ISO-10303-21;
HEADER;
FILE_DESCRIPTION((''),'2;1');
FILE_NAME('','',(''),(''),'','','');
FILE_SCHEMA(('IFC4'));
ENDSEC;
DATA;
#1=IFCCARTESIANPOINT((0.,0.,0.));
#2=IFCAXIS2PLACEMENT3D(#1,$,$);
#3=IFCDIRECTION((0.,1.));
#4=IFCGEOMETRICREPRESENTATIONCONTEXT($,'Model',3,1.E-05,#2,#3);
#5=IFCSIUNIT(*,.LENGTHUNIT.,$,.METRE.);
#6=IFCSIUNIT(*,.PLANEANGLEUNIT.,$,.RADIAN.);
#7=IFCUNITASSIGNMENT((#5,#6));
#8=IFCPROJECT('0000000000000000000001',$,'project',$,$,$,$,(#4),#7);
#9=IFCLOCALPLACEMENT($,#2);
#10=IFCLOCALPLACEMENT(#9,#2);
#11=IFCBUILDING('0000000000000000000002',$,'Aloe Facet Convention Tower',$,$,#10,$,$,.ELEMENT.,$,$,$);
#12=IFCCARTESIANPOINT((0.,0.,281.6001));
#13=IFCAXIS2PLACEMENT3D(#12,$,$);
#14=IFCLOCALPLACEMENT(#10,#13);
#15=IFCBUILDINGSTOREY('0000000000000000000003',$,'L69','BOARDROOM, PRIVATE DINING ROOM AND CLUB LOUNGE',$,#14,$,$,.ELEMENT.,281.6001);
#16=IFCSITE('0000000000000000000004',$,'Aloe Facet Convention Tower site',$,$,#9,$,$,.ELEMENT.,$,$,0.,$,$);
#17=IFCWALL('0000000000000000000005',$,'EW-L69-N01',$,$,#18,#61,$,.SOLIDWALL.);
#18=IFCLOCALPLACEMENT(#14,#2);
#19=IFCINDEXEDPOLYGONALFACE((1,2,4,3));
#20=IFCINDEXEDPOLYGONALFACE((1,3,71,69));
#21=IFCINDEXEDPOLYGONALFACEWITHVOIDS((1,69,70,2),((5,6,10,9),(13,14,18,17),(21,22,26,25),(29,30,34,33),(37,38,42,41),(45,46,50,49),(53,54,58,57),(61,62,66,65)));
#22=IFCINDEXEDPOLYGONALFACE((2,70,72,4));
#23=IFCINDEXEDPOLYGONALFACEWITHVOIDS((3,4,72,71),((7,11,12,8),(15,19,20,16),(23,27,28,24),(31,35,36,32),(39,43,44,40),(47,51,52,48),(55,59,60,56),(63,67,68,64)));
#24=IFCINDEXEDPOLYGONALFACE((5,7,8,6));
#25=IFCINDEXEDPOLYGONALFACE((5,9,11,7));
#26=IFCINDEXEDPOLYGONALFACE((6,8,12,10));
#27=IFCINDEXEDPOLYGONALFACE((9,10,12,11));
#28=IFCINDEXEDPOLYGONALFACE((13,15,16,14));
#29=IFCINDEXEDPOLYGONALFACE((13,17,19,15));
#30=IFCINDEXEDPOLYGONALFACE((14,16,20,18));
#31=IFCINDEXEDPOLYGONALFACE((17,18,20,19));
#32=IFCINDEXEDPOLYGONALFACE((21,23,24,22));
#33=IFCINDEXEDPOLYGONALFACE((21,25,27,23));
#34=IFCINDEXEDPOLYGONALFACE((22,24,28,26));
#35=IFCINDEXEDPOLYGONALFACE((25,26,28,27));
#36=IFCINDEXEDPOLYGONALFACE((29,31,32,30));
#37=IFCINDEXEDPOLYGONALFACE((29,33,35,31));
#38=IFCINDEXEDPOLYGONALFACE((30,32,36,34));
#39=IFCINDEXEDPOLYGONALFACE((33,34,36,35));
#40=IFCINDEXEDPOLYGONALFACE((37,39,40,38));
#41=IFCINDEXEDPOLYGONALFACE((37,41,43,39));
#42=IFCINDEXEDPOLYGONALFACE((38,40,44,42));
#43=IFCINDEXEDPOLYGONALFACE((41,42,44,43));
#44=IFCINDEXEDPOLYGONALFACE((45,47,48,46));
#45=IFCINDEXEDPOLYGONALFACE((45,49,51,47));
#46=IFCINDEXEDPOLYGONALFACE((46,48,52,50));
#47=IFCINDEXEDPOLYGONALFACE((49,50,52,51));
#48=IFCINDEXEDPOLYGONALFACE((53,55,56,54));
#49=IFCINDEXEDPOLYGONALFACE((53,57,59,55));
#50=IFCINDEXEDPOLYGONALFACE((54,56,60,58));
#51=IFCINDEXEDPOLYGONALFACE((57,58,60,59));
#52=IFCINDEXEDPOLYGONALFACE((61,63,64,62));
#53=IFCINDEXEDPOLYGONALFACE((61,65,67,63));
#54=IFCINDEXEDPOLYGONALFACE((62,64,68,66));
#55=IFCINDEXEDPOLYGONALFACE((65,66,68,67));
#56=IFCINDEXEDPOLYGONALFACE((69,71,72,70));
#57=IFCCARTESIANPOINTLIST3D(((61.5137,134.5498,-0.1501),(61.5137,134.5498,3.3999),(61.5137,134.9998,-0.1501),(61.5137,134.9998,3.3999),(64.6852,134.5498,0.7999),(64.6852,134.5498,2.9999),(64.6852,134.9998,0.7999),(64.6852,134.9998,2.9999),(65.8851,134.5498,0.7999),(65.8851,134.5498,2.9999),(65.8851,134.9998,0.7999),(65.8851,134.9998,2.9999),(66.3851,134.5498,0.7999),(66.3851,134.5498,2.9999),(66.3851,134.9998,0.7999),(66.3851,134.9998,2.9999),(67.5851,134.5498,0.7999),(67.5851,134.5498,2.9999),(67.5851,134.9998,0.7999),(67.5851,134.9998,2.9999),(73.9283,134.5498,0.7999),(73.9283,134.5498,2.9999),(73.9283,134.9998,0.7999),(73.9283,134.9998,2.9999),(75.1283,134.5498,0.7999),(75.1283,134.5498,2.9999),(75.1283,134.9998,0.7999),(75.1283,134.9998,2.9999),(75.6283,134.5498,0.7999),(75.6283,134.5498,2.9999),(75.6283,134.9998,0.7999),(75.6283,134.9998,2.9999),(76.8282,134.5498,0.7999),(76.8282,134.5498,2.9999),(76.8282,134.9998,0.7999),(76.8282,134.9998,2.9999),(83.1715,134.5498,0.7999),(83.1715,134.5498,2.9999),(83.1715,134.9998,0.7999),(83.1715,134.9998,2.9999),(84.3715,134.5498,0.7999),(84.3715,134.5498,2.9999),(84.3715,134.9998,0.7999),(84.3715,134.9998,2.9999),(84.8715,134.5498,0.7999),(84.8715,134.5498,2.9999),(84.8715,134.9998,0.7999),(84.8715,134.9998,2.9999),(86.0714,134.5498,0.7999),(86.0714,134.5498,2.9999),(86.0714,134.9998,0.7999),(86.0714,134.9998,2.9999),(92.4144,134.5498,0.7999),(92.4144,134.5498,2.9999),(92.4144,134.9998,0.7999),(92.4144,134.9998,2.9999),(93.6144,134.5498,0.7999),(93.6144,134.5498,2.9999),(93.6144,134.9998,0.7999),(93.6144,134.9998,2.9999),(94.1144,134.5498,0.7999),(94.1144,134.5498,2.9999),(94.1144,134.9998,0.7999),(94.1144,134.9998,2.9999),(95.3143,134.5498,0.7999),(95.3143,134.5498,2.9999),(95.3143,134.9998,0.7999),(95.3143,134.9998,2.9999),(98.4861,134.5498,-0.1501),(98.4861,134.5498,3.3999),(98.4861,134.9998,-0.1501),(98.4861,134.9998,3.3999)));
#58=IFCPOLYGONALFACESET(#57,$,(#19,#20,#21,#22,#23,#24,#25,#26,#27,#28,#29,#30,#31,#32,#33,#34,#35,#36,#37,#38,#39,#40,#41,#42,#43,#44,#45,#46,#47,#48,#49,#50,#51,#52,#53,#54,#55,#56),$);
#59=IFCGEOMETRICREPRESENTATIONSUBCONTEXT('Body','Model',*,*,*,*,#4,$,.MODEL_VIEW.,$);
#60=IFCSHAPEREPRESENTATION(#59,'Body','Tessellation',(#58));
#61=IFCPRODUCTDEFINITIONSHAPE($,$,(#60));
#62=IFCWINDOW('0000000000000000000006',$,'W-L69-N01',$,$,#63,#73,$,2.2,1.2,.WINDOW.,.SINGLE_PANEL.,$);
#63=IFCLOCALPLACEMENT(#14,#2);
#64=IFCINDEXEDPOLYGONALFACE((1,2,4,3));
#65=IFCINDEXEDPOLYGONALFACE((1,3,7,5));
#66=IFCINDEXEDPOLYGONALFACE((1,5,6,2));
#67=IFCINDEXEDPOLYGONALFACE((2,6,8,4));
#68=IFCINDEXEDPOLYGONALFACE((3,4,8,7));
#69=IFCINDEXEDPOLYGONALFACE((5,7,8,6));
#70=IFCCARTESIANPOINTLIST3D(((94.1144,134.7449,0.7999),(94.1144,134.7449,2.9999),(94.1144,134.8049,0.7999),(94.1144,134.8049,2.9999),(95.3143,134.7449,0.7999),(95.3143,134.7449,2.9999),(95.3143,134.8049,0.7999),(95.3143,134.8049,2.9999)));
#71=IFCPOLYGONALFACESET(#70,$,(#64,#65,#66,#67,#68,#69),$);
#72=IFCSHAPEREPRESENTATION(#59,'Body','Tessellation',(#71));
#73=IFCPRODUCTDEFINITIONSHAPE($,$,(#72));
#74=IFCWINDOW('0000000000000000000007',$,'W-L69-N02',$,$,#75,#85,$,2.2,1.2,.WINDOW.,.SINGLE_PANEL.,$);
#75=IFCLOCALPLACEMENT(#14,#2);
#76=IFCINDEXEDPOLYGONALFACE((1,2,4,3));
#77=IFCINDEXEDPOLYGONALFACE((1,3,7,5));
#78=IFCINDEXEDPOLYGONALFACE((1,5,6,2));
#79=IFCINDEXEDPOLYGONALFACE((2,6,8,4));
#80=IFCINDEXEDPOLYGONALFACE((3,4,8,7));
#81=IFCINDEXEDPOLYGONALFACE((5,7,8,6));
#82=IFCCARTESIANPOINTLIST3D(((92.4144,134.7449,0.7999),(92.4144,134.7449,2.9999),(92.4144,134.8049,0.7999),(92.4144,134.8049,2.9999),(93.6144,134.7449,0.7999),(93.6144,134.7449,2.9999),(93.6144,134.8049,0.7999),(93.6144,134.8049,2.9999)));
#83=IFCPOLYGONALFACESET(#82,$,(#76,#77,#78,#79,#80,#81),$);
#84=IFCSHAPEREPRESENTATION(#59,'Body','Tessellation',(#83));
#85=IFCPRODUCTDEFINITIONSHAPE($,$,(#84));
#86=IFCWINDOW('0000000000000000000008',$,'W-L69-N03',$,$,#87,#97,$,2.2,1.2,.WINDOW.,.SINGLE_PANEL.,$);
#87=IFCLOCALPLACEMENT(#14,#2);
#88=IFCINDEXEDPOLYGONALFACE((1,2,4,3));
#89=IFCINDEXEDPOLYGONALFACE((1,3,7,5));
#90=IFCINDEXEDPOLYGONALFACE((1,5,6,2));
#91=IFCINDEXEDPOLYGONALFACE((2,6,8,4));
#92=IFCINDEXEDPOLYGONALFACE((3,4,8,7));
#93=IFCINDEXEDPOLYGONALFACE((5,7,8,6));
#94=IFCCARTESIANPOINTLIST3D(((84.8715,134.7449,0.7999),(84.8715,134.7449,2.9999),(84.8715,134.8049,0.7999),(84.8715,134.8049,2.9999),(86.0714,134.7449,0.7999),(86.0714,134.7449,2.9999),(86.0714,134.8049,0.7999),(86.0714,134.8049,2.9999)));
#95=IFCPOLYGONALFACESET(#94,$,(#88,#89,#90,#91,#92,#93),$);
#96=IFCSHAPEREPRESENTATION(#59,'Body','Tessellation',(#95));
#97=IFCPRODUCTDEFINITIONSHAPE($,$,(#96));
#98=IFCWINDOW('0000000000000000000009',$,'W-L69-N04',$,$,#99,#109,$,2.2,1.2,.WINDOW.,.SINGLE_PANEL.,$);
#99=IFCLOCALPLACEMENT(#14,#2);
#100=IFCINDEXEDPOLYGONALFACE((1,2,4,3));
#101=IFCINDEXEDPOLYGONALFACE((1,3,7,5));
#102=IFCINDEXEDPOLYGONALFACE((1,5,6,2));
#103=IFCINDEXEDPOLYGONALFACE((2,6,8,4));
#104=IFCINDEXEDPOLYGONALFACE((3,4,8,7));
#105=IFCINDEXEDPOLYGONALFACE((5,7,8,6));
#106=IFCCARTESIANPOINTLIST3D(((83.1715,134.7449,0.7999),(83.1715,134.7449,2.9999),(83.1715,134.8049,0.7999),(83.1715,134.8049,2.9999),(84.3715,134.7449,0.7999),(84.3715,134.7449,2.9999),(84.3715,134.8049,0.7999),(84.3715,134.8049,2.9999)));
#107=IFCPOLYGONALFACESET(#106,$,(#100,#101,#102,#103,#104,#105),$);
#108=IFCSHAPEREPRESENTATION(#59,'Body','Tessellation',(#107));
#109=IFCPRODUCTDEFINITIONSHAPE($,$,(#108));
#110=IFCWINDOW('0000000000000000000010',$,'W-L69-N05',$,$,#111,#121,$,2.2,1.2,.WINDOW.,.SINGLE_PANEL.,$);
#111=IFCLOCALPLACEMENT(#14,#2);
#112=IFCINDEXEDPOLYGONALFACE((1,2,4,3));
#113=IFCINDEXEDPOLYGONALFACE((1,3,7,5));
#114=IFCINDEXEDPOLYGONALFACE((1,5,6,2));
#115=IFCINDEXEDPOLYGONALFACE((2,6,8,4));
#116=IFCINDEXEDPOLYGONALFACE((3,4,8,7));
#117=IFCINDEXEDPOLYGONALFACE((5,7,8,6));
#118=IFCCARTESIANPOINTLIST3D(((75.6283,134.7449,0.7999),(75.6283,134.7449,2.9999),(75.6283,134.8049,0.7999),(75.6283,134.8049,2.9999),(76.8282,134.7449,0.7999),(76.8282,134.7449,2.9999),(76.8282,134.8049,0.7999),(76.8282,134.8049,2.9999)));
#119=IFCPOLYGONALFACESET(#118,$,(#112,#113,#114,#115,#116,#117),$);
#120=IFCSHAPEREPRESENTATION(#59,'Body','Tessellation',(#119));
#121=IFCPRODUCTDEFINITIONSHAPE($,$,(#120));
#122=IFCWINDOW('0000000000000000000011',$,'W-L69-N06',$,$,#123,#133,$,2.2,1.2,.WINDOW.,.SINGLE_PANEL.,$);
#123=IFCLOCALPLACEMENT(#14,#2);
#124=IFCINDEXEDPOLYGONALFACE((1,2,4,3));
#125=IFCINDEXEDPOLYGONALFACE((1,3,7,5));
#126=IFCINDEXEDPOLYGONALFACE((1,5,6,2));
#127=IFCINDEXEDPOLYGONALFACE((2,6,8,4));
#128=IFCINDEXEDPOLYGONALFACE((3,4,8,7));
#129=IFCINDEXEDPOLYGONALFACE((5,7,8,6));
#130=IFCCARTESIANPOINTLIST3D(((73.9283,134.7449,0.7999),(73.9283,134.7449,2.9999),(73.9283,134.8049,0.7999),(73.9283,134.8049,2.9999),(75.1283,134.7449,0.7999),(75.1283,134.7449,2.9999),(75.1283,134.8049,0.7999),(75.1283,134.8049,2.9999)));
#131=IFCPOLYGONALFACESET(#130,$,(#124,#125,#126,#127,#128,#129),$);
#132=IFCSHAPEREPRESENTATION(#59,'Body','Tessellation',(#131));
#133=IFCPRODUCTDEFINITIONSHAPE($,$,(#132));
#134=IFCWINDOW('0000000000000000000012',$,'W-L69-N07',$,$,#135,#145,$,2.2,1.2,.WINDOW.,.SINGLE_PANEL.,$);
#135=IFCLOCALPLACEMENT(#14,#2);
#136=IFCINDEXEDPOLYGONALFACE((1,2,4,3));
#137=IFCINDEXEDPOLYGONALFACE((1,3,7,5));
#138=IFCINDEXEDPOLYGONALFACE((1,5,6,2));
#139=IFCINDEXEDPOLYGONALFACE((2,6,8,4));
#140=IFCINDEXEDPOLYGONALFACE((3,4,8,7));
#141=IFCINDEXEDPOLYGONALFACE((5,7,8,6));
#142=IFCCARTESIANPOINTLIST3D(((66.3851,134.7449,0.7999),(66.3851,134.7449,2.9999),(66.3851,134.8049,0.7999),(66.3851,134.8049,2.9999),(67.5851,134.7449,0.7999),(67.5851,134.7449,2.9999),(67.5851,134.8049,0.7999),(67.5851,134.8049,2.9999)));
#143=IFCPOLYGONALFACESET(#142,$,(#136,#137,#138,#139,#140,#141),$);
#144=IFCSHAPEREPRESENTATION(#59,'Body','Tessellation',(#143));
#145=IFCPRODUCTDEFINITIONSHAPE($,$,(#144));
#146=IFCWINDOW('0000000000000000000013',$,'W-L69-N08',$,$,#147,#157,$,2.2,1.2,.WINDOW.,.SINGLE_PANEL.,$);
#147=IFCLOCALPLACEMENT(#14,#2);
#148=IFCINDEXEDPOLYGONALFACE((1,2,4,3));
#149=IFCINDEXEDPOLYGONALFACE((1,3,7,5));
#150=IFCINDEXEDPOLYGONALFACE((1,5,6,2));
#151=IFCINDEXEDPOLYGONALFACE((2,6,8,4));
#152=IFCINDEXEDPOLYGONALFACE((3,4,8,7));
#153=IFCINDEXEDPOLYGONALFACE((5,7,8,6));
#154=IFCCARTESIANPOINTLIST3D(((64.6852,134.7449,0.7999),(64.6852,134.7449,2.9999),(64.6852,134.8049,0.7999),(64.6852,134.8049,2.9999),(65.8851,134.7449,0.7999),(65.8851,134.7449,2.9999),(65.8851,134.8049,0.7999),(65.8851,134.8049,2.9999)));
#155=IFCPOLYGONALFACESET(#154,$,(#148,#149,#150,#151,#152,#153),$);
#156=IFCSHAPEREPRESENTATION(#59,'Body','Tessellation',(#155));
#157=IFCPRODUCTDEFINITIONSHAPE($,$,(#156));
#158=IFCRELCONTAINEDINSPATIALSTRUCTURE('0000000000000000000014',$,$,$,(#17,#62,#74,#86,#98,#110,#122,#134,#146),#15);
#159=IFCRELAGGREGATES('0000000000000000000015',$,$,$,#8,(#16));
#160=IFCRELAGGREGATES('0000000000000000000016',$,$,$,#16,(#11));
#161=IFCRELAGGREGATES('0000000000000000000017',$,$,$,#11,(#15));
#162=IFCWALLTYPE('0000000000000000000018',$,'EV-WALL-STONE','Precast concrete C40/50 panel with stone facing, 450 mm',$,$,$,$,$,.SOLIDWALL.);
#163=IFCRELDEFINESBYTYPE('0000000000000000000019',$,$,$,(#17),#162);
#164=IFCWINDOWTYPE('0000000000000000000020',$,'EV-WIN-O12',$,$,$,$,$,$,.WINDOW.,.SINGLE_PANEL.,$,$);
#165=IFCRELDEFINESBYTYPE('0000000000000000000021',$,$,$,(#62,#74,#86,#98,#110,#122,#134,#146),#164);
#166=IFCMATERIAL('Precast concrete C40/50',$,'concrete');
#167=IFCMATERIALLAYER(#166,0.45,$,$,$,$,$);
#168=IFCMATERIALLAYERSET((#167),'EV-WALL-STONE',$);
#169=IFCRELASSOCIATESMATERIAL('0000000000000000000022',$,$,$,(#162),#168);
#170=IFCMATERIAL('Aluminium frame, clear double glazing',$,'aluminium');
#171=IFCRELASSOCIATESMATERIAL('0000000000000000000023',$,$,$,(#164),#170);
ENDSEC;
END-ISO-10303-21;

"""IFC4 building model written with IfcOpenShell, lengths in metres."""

from ifc_helpers import new_model, si_unit, direction, frame, frame_2d, origin, place, context, subcontext, project, spatial, polyline, rectangle, outline, extrude, material, layer, layer_set, type_object, element, fill, save


model = new_model("IFC4")

# Units and contexts
model_context = context("Model", 3, precision=1e-05, world=origin(), true_north=direction((0.0, 1.0)))
body_context = subcontext(model_context, "Body", "Model", "MODEL_VIEW")
ifc_project = project(units=[si_unit("LENGTHUNIT", "METRE"), si_unit("PLANEANGLEUNIT", "RADIAN")], contexts=[model_context])

# Site, building, storey
site_placement = place(None, origin())
site = spatial("IfcSite", under=ifc_project, at=site_placement, Name="Aloe Facet Convention Tower site", CompositionType="ELEMENT", RefElevation=0.0)
building_placement = place(site_placement, origin())
building = spatial("IfcBuilding", under=site, at=building_placement, Name="Aloe Facet Convention Tower", CompositionType="ELEMENT")
storey_placement = place(building_placement, frame((0.0, 0.0, 281.6001)))
storey = spatial("IfcBuildingStorey", under=building, at=storey_placement, Name="L69", Description="BOARDROOM, PRIVATE DINING ROOM AND CLUB LOUNGE", CompositionType="ELEMENT", Elevation=281.6001)

# Wall, openings, windows
ifc_material_1 = material(Name="Precast concrete C40/50", Category="concrete")
ifc_layer_1 = layer(ifc_material_1, 0.45)
ifc_layer_set_1 = layer_set([ifc_layer_1], Name="EV-WALL-STONE")
wall_type_1 = type_object("IfcWallType", Name="EV-WALL-STONE", Description="Precast concrete C40/50 panel with stone facing, 450 mm", PredefinedType="SOLIDWALL", material=ifc_layer_set_1)
wall_1_placement = place(storey_placement, frame((98.4861, 134.7749, -0.1501), z_axis=(0.0, 0.0, 1.0), x_axis=(-1.0, 0.0, 0.0)))
wall_1 = element("IfcWall", 1, at=wall_1_placement, inside=storey, type_object=wall_type_1, Name="EW-L69-N01", PredefinedType="SOLIDWALL", context=body_context, shape_type="SweptSolid", body=[
    extrude(outline(polyline([(36.9724, 0.0), (36.9724, 3.55), (0.0, 3.55), (0.0, 0.0), (36.9724, 0.0)])), frame((0.0, 0.2251, 0.0), z_axis=(0.0, -1.0, 0.0), x_axis=(1.0, 0.0, 0.0)), (0.0, 0.0, 1.0), 0.45),
])
opening_1_placement = place(wall_1_placement, frame((3.1716, 0.0, 0.95)))
opening_1 = element("IfcOpeningElement", 2, at=opening_1_placement, cuts=wall_1, PredefinedType="OPENING", context=body_context, shape_type="SweptSolid", body=[
    extrude(rectangle(XDim=1.2, YDim=2.2, at=frame_2d((0.6001, 1.1001))), frame((0.0, 0.2349, 0.0), z_axis=(0.0, -1.0, 0.0), x_axis=(1.0, 0.0, 0.0)), (0.0, 0.0, 1.0), 0.47),
])
opening_2_placement = place(wall_1_placement, frame((4.8716, 0.0, 0.95)))
opening_2 = element("IfcOpeningElement", 3, at=opening_2_placement, cuts=wall_1, PredefinedType="OPENING", context=body_context, shape_type="SweptSolid", body=[
    extrude(rectangle(XDim=1.2, YDim=2.2, at=frame_2d((0.6001, 1.1001))), frame((0.0, 0.2349, 0.0), z_axis=(0.0, -1.0, 0.0), x_axis=(1.0, 0.0, 0.0)), (0.0, 0.0, 1.0), 0.47),
])
opening_3_placement = place(wall_1_placement, frame((12.4146, 0.0, 0.95)))
opening_3 = element("IfcOpeningElement", 4, at=opening_3_placement, cuts=wall_1, PredefinedType="OPENING", context=body_context, shape_type="SweptSolid", body=[
    extrude(rectangle(XDim=1.2, YDim=2.2, at=frame_2d((0.6001, 1.1001))), frame((0.0, 0.2349, 0.0), z_axis=(0.0, -1.0, 0.0), x_axis=(1.0, 0.0, 0.0)), (0.0, 0.0, 1.0), 0.47),
])
opening_4_placement = place(wall_1_placement, frame((14.1145, 0.0, 0.95)))
opening_4 = element("IfcOpeningElement", 5, at=opening_4_placement, cuts=wall_1, PredefinedType="OPENING", context=body_context, shape_type="SweptSolid", body=[
    extrude(rectangle(XDim=1.2, YDim=2.2, at=frame_2d((0.6001, 1.1001))), frame((0.0, 0.2349, 0.0), z_axis=(0.0, -1.0, 0.0), x_axis=(1.0, 0.0, 0.0)), (0.0, 0.0, 1.0), 0.47),
])
opening_5_placement = place(wall_1_placement, frame((21.6577, 0.0, 0.95)))
opening_5 = element("IfcOpeningElement", 6, at=opening_5_placement, cuts=wall_1, PredefinedType="OPENING", context=body_context, shape_type="SweptSolid", body=[
    extrude(rectangle(XDim=1.2, YDim=2.2, at=frame_2d((0.6001, 1.1001))), frame((0.0, 0.2349, 0.0), z_axis=(0.0, -1.0, 0.0), x_axis=(1.0, 0.0, 0.0)), (0.0, 0.0, 1.0), 0.47),
])
opening_6_placement = place(wall_1_placement, frame((23.3577, 0.0, 0.95)))
opening_6 = element("IfcOpeningElement", 7, at=opening_6_placement, cuts=wall_1, PredefinedType="OPENING", context=body_context, shape_type="SweptSolid", body=[
    extrude(rectangle(XDim=1.2, YDim=2.2, at=frame_2d((0.6001, 1.1001))), frame((0.0, 0.2349, 0.0), z_axis=(0.0, -1.0, 0.0), x_axis=(1.0, 0.0, 0.0)), (0.0, 0.0, 1.0), 0.47),
])
opening_7_placement = place(wall_1_placement, frame((30.9009, 0.0, 0.95)))
opening_7 = element("IfcOpeningElement", 8, at=opening_7_placement, cuts=wall_1, PredefinedType="OPENING", context=body_context, shape_type="SweptSolid", body=[
    extrude(rectangle(XDim=1.2, YDim=2.2, at=frame_2d((0.6001, 1.1001))), frame((0.0, 0.2349, 0.0), z_axis=(0.0, -1.0, 0.0), x_axis=(1.0, 0.0, 0.0)), (0.0, 0.0, 1.0), 0.47),
])
opening_8_placement = place(wall_1_placement, frame((32.6008, 0.0, 0.95)))
opening_8 = element("IfcOpeningElement", 9, at=opening_8_placement, cuts=wall_1, PredefinedType="OPENING", context=body_context, shape_type="SweptSolid", body=[
    extrude(rectangle(XDim=1.2, YDim=2.2, at=frame_2d((0.6001, 1.1001))), frame((0.0, 0.2349, 0.0), z_axis=(0.0, -1.0, 0.0), x_axis=(1.0, 0.0, 0.0)), (0.0, 0.0, 1.0), 0.47),
])
ifc_material_2 = material(Name="Aluminium frame, clear double glazing", Category="aluminium")
window_type = type_object("IfcWindowType", Name="EV-WIN-O12", PartitioningType="SINGLE_PANEL", PredefinedType="WINDOW", material=ifc_material_2)
window_1_placement = place(opening_1_placement, origin())
window_1 = element("IfcWindow", 10, at=window_1_placement, inside=storey, type_object=window_type, Name="W-L69-N01", OverallHeight=2.2, OverallWidth=1.2, PartitioningType="SINGLE_PANEL", PredefinedType="WINDOW", context=body_context, shape_type="SweptSolid", body=[
    extrude(rectangle(XDim=1.2, YDim=2.2, at=frame_2d((0.6001, 1.1001))), frame((0.0, 0.03, 0.0), z_axis=(0.0, -1.0, 0.0), x_axis=(1.0, 0.0, 0.0)), (0.0, 0.0, 1.0), 0.0601),
])
fill(opening_1, window_1)
window_2_placement = place(opening_2_placement, origin())
window_2 = element("IfcWindow", 11, at=window_2_placement, inside=storey, type_object=window_type, Name="W-L69-N02", OverallHeight=2.2, OverallWidth=1.2, PartitioningType="SINGLE_PANEL", PredefinedType="WINDOW", context=body_context, shape_type="SweptSolid", body=[
    extrude(rectangle(XDim=1.2, YDim=2.2, at=frame_2d((0.6001, 1.1001))), frame((0.0, 0.03, 0.0), z_axis=(0.0, -1.0, 0.0), x_axis=(1.0, 0.0, 0.0)), (0.0, 0.0, 1.0), 0.0601),
])
fill(opening_2, window_2)
window_3_placement = place(opening_3_placement, origin())
window_3 = element("IfcWindow", 12, at=window_3_placement, inside=storey, type_object=window_type, Name="W-L69-N03", OverallHeight=2.2, OverallWidth=1.2, PartitioningType="SINGLE_PANEL", PredefinedType="WINDOW", context=body_context, shape_type="SweptSolid", body=[
    extrude(rectangle(XDim=1.2, YDim=2.2, at=frame_2d((0.6001, 1.1001))), frame((0.0, 0.03, 0.0), z_axis=(0.0, -1.0, 0.0), x_axis=(1.0, 0.0, 0.0)), (0.0, 0.0, 1.0), 0.0601),
])
fill(opening_3, window_3)
window_4_placement = place(opening_4_placement, origin())
window_4 = element("IfcWindow", 13, at=window_4_placement, inside=storey, type_object=window_type, Name="W-L69-N04", OverallHeight=2.2, OverallWidth=1.2, PartitioningType="SINGLE_PANEL", PredefinedType="WINDOW", context=body_context, shape_type="SweptSolid", body=[
    extrude(rectangle(XDim=1.2, YDim=2.2, at=frame_2d((0.6001, 1.1001))), frame((0.0, 0.03, 0.0), z_axis=(0.0, -1.0, 0.0), x_axis=(1.0, 0.0, 0.0)), (0.0, 0.0, 1.0), 0.0601),
])
fill(opening_4, window_4)
window_5_placement = place(opening_5_placement, origin())
window_5 = element("IfcWindow", 14, at=window_5_placement, inside=storey, type_object=window_type, Name="W-L69-N05", OverallHeight=2.2, OverallWidth=1.2, PartitioningType="SINGLE_PANEL", PredefinedType="WINDOW", context=body_context, shape_type="SweptSolid", body=[
    extrude(rectangle(XDim=1.2, YDim=2.2, at=frame_2d((0.6001, 1.1001))), frame((0.0, 0.03, 0.0), z_axis=(0.0, -1.0, 0.0), x_axis=(1.0, 0.0, 0.0)), (0.0, 0.0, 1.0), 0.0601),
])
fill(opening_5, window_5)
window_6_placement = place(opening_6_placement, origin())
window_6 = element("IfcWindow", 15, at=window_6_placement, inside=storey, type_object=window_type, Name="W-L69-N06", OverallHeight=2.2, OverallWidth=1.2, PartitioningType="SINGLE_PANEL", PredefinedType="WINDOW", context=body_context, shape_type="SweptSolid", body=[
    extrude(rectangle(XDim=1.2, YDim=2.2, at=frame_2d((0.6001, 1.1001))), frame((0.0, 0.03, 0.0), z_axis=(0.0, -1.0, 0.0), x_axis=(1.0, 0.0, 0.0)), (0.0, 0.0, 1.0), 0.0601),
])
fill(opening_6, window_6)
window_7_placement = place(opening_7_placement, origin())
window_7 = element("IfcWindow", 16, at=window_7_placement, inside=storey, type_object=window_type, Name="W-L69-N07", OverallHeight=2.2, OverallWidth=1.2, PartitioningType="SINGLE_PANEL", PredefinedType="WINDOW", context=body_context, shape_type="SweptSolid", body=[
    extrude(rectangle(XDim=1.2, YDim=2.2, at=frame_2d((0.6001, 1.1001))), frame((0.0, 0.03, 0.0), z_axis=(0.0, -1.0, 0.0), x_axis=(1.0, 0.0, 0.0)), (0.0, 0.0, 1.0), 0.0601),
])
fill(opening_7, window_7)
window_8_placement = place(opening_8_placement, origin())
window_8 = element("IfcWindow", 17, at=window_8_placement, inside=storey, type_object=window_type, Name="W-L69-N08", OverallHeight=2.2, OverallWidth=1.2, PartitioningType="SINGLE_PANEL", PredefinedType="WINDOW", context=body_context, shape_type="SweptSolid", body=[
    extrude(rectangle(XDim=1.2, YDim=2.2, at=frame_2d((0.6001, 1.1001))), frame((0.0, 0.03, 0.0), z_axis=(0.0, -1.0, 0.0), x_axis=(1.0, 0.0, 0.0)), (0.0, 0.0, 1.0), 0.0601),
])
fill(opening_8, window_8)

save(model, "model.ifc")
